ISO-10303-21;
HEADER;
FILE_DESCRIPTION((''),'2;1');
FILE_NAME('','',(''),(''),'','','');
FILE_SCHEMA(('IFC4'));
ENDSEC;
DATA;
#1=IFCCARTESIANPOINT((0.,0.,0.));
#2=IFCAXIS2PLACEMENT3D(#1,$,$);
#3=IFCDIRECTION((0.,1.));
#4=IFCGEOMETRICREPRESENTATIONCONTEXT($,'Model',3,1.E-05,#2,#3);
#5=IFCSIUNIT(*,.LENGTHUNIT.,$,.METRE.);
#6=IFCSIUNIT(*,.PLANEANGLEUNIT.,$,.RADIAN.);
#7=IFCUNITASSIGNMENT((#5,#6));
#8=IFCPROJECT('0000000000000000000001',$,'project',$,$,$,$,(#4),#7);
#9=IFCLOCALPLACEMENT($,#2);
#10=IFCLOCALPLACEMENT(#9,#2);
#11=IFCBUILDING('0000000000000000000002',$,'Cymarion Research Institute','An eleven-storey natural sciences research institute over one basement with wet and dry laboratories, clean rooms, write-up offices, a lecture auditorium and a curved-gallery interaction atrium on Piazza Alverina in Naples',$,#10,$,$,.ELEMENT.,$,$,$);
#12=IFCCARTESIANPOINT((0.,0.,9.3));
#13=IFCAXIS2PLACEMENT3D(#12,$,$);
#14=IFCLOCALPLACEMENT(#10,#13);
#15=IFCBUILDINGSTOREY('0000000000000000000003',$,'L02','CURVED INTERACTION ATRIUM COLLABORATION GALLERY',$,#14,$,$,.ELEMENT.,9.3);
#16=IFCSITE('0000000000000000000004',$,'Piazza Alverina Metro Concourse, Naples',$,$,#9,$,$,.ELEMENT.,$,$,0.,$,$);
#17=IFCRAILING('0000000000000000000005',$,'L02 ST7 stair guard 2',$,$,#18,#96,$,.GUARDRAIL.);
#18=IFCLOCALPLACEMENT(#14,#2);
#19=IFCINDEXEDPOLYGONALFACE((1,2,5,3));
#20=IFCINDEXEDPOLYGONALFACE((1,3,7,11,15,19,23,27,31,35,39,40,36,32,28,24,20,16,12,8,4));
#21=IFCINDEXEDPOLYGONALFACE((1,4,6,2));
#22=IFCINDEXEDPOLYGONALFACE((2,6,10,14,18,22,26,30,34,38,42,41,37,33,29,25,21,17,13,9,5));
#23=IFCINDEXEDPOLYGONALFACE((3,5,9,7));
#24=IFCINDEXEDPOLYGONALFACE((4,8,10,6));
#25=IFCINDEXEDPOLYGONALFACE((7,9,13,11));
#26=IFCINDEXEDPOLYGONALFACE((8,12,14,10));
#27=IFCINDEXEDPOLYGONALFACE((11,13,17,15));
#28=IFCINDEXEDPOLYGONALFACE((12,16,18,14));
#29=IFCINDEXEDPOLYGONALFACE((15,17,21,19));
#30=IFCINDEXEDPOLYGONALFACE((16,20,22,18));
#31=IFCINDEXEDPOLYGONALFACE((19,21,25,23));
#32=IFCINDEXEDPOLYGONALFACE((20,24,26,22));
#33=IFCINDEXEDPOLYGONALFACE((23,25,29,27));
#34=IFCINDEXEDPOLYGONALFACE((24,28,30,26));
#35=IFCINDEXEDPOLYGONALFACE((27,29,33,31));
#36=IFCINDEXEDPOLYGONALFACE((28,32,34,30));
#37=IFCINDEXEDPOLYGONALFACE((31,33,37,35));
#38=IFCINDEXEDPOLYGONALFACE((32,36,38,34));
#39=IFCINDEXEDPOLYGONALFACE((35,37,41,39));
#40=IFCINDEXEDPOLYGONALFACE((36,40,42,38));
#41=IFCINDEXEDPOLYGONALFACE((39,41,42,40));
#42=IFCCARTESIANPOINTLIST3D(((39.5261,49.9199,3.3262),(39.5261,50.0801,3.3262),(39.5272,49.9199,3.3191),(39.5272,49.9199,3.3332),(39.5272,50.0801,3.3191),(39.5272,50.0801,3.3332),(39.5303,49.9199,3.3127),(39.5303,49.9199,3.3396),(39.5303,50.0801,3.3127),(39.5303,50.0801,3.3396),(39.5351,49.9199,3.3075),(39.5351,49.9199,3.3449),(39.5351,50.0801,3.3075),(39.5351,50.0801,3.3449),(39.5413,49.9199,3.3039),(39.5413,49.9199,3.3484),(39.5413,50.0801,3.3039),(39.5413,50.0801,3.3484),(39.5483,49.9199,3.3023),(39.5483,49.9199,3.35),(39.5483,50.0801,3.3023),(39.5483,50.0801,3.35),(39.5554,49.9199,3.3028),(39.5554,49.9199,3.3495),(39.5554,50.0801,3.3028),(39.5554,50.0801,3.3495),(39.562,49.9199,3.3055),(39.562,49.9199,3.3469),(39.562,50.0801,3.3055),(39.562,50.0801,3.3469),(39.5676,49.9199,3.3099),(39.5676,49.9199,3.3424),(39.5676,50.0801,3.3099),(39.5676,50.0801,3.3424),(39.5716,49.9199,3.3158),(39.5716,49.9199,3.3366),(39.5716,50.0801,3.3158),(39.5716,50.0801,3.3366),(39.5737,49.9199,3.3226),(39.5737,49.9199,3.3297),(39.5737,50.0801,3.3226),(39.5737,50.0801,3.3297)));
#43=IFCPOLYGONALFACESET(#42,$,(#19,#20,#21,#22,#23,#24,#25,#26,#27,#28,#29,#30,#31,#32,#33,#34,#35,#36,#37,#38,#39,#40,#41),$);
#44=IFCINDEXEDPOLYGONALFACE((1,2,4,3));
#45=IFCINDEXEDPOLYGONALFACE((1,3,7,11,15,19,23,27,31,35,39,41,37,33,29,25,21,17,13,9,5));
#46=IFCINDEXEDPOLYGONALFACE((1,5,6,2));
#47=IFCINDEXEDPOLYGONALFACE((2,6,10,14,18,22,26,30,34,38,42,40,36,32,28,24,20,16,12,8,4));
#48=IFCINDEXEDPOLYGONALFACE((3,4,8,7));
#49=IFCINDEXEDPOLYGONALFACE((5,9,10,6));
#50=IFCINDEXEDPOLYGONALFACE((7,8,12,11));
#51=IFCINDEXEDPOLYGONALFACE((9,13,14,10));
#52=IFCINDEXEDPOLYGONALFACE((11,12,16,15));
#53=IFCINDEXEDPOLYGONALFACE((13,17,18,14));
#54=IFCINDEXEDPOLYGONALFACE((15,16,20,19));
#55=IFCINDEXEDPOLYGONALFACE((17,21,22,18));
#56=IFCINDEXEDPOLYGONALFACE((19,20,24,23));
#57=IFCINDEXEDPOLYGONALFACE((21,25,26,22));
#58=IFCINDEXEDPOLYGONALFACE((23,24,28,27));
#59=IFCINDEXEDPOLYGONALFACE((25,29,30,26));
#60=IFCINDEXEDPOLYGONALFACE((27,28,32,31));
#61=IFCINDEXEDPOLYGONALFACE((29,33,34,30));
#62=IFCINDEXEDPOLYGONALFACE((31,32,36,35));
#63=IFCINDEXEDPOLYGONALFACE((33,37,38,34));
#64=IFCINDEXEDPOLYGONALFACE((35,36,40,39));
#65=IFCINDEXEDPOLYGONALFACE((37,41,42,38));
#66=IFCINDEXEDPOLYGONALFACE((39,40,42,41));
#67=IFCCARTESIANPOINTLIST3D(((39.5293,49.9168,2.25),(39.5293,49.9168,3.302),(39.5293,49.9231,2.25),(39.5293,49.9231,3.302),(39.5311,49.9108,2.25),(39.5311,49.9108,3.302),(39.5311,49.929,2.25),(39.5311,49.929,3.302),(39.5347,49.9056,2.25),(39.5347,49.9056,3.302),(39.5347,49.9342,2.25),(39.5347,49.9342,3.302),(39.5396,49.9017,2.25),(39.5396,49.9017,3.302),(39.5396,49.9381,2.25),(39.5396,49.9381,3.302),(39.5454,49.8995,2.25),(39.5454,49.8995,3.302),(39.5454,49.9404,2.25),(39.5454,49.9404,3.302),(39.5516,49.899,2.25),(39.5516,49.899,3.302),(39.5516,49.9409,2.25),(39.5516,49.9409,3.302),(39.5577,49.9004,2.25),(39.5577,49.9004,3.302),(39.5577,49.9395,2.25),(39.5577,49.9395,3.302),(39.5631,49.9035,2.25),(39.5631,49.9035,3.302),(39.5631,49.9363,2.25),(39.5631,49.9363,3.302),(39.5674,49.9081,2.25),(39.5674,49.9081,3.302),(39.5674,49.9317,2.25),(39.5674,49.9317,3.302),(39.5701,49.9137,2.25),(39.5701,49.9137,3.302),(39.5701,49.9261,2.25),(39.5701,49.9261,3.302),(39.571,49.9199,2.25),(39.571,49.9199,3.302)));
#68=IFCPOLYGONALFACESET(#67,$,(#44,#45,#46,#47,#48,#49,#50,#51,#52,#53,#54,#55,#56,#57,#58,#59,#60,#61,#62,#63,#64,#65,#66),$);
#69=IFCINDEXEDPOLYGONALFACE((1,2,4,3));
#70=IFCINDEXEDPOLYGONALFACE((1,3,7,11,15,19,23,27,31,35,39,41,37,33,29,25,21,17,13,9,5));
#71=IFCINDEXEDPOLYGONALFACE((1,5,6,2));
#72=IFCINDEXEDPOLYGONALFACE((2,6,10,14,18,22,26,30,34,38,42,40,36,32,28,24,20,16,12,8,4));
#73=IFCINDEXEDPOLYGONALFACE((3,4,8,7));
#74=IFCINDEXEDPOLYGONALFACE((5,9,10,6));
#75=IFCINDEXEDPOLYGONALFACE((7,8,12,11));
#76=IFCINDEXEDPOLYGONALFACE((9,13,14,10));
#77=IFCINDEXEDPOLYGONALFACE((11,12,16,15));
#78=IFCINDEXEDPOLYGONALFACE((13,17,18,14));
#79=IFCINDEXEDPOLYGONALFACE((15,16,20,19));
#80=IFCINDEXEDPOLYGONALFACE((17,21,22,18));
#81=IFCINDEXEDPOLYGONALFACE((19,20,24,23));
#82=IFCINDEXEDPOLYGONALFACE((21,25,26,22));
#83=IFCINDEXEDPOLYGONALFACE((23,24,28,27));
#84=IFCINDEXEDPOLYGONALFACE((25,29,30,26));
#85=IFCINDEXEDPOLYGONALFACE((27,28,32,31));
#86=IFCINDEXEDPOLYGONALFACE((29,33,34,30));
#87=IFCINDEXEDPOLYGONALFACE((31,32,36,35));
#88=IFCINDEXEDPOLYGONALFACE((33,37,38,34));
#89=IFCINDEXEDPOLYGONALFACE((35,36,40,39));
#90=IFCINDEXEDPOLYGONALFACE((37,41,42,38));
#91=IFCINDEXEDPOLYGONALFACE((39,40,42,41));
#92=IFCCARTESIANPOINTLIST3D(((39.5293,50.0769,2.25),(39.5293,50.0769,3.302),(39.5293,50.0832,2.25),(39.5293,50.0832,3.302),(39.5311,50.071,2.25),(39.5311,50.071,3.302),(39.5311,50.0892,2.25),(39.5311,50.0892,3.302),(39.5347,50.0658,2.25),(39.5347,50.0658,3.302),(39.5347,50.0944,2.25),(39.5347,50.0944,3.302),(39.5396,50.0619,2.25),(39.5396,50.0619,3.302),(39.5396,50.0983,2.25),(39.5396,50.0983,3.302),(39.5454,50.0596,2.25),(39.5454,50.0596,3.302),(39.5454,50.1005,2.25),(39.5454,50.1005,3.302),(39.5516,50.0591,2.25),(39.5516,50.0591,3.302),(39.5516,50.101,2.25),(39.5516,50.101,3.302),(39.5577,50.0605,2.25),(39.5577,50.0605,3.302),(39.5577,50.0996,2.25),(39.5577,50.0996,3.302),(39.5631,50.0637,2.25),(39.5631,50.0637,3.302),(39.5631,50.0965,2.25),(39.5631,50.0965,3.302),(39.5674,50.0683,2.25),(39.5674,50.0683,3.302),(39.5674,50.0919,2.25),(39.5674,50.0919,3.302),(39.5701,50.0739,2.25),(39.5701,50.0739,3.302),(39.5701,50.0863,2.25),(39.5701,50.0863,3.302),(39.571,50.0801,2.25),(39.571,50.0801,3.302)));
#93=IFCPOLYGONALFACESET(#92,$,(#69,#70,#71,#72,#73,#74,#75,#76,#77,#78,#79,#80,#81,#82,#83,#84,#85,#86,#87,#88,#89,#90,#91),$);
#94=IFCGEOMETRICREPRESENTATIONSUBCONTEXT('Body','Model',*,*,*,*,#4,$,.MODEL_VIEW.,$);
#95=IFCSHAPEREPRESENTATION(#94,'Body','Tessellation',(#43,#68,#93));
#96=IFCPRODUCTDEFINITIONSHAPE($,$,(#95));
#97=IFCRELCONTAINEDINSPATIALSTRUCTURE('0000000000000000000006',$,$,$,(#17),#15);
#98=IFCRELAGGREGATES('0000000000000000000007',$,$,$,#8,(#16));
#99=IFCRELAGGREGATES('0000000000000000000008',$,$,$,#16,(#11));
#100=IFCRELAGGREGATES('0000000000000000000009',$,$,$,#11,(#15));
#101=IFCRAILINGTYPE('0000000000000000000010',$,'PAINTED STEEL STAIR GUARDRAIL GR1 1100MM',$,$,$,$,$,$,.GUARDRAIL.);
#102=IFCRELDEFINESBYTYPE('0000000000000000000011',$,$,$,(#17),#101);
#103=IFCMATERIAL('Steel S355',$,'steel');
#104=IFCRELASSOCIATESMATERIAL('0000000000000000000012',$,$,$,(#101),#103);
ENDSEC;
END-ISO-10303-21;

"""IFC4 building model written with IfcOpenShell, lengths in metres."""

from ifc_helpers import new_model, si_unit, direction, frame, origin, origin_2d, place, context, subcontext, project, spatial, circle, extrude, material, type_object, element, save


model = new_model("IFC4")

# Units and contexts
model_context = context("Model", 3, precision=1e-05, world=origin(), true_north=direction((0.0, 1.0)))
body_context = subcontext(model_context, "Body", "Model", "MODEL_VIEW")
ifc_project = project(units=[si_unit("LENGTHUNIT", "METRE"), si_unit("PLANEANGLEUNIT", "RADIAN")], contexts=[model_context])

# Site, building, storey
site_placement = place(None, origin())
site = spatial("IfcSite", under=ifc_project, at=site_placement, Name="Piazza Alverina Metro Concourse, Naples", CompositionType="ELEMENT", RefElevation=0.0)
building_placement = place(site_placement, origin())
building = spatial("IfcBuilding", under=site, at=building_placement, Name="Cymarion Research Institute", Description="An eleven-storey natural sciences research institute over one basement with wet and dry laboratories, clean rooms, write-up offices, a lecture auditorium and a curved-gallery interaction atrium on Piazza Alverina in Naples", CompositionType="ELEMENT")
storey_placement = place(building_placement, frame((0.0, 0.0, 9.3)))
storey = spatial("IfcBuildingStorey", under=building, at=storey_placement, Name="L02", Description="CURVED INTERACTION ATRIUM COLLABORATION GALLERY", CompositionType="ELEMENT", Elevation=9.3)

# Railing
ifc_material_1 = material(Name="Steel S355", Category="steel")
railing_type_1 = type_object("IfcRailingType", Name="PAINTED STEEL STAIR GUARDRAIL GR1 1100MM", PredefinedType="GUARDRAIL", material=ifc_material_1)
railing_1_placement = place(storey_placement, frame((39.55, 49.9199, 2.25)))
element("IfcRailing", 1, at=railing_1_placement, inside=storey, type_object=railing_type_1, Name="L02 ST7 stair guard 2", PredefinedType="GUARDRAIL", context=body_context, shape_type="SweptSolid", body=[
    extrude(circle(Radius=0.0239, at=origin_2d()), frame((0.0, 0.0, 1.0762), z_axis=(0.0, 1.0, 0.0), x_axis=(-1.0, 0.0, 0.0)), (0.0, 0.0, 1.0), 0.1602),
    extrude(circle(Radius=0.021, at=origin_2d()), origin(), (0.0, 0.0, 1.0), 1.052),
    extrude(circle(Radius=0.021, at=origin_2d()), frame((0.0, 0.1602, 0.0)), (0.0, 0.0, 1.0), 1.052),
])

save(model, "model.ifc")
